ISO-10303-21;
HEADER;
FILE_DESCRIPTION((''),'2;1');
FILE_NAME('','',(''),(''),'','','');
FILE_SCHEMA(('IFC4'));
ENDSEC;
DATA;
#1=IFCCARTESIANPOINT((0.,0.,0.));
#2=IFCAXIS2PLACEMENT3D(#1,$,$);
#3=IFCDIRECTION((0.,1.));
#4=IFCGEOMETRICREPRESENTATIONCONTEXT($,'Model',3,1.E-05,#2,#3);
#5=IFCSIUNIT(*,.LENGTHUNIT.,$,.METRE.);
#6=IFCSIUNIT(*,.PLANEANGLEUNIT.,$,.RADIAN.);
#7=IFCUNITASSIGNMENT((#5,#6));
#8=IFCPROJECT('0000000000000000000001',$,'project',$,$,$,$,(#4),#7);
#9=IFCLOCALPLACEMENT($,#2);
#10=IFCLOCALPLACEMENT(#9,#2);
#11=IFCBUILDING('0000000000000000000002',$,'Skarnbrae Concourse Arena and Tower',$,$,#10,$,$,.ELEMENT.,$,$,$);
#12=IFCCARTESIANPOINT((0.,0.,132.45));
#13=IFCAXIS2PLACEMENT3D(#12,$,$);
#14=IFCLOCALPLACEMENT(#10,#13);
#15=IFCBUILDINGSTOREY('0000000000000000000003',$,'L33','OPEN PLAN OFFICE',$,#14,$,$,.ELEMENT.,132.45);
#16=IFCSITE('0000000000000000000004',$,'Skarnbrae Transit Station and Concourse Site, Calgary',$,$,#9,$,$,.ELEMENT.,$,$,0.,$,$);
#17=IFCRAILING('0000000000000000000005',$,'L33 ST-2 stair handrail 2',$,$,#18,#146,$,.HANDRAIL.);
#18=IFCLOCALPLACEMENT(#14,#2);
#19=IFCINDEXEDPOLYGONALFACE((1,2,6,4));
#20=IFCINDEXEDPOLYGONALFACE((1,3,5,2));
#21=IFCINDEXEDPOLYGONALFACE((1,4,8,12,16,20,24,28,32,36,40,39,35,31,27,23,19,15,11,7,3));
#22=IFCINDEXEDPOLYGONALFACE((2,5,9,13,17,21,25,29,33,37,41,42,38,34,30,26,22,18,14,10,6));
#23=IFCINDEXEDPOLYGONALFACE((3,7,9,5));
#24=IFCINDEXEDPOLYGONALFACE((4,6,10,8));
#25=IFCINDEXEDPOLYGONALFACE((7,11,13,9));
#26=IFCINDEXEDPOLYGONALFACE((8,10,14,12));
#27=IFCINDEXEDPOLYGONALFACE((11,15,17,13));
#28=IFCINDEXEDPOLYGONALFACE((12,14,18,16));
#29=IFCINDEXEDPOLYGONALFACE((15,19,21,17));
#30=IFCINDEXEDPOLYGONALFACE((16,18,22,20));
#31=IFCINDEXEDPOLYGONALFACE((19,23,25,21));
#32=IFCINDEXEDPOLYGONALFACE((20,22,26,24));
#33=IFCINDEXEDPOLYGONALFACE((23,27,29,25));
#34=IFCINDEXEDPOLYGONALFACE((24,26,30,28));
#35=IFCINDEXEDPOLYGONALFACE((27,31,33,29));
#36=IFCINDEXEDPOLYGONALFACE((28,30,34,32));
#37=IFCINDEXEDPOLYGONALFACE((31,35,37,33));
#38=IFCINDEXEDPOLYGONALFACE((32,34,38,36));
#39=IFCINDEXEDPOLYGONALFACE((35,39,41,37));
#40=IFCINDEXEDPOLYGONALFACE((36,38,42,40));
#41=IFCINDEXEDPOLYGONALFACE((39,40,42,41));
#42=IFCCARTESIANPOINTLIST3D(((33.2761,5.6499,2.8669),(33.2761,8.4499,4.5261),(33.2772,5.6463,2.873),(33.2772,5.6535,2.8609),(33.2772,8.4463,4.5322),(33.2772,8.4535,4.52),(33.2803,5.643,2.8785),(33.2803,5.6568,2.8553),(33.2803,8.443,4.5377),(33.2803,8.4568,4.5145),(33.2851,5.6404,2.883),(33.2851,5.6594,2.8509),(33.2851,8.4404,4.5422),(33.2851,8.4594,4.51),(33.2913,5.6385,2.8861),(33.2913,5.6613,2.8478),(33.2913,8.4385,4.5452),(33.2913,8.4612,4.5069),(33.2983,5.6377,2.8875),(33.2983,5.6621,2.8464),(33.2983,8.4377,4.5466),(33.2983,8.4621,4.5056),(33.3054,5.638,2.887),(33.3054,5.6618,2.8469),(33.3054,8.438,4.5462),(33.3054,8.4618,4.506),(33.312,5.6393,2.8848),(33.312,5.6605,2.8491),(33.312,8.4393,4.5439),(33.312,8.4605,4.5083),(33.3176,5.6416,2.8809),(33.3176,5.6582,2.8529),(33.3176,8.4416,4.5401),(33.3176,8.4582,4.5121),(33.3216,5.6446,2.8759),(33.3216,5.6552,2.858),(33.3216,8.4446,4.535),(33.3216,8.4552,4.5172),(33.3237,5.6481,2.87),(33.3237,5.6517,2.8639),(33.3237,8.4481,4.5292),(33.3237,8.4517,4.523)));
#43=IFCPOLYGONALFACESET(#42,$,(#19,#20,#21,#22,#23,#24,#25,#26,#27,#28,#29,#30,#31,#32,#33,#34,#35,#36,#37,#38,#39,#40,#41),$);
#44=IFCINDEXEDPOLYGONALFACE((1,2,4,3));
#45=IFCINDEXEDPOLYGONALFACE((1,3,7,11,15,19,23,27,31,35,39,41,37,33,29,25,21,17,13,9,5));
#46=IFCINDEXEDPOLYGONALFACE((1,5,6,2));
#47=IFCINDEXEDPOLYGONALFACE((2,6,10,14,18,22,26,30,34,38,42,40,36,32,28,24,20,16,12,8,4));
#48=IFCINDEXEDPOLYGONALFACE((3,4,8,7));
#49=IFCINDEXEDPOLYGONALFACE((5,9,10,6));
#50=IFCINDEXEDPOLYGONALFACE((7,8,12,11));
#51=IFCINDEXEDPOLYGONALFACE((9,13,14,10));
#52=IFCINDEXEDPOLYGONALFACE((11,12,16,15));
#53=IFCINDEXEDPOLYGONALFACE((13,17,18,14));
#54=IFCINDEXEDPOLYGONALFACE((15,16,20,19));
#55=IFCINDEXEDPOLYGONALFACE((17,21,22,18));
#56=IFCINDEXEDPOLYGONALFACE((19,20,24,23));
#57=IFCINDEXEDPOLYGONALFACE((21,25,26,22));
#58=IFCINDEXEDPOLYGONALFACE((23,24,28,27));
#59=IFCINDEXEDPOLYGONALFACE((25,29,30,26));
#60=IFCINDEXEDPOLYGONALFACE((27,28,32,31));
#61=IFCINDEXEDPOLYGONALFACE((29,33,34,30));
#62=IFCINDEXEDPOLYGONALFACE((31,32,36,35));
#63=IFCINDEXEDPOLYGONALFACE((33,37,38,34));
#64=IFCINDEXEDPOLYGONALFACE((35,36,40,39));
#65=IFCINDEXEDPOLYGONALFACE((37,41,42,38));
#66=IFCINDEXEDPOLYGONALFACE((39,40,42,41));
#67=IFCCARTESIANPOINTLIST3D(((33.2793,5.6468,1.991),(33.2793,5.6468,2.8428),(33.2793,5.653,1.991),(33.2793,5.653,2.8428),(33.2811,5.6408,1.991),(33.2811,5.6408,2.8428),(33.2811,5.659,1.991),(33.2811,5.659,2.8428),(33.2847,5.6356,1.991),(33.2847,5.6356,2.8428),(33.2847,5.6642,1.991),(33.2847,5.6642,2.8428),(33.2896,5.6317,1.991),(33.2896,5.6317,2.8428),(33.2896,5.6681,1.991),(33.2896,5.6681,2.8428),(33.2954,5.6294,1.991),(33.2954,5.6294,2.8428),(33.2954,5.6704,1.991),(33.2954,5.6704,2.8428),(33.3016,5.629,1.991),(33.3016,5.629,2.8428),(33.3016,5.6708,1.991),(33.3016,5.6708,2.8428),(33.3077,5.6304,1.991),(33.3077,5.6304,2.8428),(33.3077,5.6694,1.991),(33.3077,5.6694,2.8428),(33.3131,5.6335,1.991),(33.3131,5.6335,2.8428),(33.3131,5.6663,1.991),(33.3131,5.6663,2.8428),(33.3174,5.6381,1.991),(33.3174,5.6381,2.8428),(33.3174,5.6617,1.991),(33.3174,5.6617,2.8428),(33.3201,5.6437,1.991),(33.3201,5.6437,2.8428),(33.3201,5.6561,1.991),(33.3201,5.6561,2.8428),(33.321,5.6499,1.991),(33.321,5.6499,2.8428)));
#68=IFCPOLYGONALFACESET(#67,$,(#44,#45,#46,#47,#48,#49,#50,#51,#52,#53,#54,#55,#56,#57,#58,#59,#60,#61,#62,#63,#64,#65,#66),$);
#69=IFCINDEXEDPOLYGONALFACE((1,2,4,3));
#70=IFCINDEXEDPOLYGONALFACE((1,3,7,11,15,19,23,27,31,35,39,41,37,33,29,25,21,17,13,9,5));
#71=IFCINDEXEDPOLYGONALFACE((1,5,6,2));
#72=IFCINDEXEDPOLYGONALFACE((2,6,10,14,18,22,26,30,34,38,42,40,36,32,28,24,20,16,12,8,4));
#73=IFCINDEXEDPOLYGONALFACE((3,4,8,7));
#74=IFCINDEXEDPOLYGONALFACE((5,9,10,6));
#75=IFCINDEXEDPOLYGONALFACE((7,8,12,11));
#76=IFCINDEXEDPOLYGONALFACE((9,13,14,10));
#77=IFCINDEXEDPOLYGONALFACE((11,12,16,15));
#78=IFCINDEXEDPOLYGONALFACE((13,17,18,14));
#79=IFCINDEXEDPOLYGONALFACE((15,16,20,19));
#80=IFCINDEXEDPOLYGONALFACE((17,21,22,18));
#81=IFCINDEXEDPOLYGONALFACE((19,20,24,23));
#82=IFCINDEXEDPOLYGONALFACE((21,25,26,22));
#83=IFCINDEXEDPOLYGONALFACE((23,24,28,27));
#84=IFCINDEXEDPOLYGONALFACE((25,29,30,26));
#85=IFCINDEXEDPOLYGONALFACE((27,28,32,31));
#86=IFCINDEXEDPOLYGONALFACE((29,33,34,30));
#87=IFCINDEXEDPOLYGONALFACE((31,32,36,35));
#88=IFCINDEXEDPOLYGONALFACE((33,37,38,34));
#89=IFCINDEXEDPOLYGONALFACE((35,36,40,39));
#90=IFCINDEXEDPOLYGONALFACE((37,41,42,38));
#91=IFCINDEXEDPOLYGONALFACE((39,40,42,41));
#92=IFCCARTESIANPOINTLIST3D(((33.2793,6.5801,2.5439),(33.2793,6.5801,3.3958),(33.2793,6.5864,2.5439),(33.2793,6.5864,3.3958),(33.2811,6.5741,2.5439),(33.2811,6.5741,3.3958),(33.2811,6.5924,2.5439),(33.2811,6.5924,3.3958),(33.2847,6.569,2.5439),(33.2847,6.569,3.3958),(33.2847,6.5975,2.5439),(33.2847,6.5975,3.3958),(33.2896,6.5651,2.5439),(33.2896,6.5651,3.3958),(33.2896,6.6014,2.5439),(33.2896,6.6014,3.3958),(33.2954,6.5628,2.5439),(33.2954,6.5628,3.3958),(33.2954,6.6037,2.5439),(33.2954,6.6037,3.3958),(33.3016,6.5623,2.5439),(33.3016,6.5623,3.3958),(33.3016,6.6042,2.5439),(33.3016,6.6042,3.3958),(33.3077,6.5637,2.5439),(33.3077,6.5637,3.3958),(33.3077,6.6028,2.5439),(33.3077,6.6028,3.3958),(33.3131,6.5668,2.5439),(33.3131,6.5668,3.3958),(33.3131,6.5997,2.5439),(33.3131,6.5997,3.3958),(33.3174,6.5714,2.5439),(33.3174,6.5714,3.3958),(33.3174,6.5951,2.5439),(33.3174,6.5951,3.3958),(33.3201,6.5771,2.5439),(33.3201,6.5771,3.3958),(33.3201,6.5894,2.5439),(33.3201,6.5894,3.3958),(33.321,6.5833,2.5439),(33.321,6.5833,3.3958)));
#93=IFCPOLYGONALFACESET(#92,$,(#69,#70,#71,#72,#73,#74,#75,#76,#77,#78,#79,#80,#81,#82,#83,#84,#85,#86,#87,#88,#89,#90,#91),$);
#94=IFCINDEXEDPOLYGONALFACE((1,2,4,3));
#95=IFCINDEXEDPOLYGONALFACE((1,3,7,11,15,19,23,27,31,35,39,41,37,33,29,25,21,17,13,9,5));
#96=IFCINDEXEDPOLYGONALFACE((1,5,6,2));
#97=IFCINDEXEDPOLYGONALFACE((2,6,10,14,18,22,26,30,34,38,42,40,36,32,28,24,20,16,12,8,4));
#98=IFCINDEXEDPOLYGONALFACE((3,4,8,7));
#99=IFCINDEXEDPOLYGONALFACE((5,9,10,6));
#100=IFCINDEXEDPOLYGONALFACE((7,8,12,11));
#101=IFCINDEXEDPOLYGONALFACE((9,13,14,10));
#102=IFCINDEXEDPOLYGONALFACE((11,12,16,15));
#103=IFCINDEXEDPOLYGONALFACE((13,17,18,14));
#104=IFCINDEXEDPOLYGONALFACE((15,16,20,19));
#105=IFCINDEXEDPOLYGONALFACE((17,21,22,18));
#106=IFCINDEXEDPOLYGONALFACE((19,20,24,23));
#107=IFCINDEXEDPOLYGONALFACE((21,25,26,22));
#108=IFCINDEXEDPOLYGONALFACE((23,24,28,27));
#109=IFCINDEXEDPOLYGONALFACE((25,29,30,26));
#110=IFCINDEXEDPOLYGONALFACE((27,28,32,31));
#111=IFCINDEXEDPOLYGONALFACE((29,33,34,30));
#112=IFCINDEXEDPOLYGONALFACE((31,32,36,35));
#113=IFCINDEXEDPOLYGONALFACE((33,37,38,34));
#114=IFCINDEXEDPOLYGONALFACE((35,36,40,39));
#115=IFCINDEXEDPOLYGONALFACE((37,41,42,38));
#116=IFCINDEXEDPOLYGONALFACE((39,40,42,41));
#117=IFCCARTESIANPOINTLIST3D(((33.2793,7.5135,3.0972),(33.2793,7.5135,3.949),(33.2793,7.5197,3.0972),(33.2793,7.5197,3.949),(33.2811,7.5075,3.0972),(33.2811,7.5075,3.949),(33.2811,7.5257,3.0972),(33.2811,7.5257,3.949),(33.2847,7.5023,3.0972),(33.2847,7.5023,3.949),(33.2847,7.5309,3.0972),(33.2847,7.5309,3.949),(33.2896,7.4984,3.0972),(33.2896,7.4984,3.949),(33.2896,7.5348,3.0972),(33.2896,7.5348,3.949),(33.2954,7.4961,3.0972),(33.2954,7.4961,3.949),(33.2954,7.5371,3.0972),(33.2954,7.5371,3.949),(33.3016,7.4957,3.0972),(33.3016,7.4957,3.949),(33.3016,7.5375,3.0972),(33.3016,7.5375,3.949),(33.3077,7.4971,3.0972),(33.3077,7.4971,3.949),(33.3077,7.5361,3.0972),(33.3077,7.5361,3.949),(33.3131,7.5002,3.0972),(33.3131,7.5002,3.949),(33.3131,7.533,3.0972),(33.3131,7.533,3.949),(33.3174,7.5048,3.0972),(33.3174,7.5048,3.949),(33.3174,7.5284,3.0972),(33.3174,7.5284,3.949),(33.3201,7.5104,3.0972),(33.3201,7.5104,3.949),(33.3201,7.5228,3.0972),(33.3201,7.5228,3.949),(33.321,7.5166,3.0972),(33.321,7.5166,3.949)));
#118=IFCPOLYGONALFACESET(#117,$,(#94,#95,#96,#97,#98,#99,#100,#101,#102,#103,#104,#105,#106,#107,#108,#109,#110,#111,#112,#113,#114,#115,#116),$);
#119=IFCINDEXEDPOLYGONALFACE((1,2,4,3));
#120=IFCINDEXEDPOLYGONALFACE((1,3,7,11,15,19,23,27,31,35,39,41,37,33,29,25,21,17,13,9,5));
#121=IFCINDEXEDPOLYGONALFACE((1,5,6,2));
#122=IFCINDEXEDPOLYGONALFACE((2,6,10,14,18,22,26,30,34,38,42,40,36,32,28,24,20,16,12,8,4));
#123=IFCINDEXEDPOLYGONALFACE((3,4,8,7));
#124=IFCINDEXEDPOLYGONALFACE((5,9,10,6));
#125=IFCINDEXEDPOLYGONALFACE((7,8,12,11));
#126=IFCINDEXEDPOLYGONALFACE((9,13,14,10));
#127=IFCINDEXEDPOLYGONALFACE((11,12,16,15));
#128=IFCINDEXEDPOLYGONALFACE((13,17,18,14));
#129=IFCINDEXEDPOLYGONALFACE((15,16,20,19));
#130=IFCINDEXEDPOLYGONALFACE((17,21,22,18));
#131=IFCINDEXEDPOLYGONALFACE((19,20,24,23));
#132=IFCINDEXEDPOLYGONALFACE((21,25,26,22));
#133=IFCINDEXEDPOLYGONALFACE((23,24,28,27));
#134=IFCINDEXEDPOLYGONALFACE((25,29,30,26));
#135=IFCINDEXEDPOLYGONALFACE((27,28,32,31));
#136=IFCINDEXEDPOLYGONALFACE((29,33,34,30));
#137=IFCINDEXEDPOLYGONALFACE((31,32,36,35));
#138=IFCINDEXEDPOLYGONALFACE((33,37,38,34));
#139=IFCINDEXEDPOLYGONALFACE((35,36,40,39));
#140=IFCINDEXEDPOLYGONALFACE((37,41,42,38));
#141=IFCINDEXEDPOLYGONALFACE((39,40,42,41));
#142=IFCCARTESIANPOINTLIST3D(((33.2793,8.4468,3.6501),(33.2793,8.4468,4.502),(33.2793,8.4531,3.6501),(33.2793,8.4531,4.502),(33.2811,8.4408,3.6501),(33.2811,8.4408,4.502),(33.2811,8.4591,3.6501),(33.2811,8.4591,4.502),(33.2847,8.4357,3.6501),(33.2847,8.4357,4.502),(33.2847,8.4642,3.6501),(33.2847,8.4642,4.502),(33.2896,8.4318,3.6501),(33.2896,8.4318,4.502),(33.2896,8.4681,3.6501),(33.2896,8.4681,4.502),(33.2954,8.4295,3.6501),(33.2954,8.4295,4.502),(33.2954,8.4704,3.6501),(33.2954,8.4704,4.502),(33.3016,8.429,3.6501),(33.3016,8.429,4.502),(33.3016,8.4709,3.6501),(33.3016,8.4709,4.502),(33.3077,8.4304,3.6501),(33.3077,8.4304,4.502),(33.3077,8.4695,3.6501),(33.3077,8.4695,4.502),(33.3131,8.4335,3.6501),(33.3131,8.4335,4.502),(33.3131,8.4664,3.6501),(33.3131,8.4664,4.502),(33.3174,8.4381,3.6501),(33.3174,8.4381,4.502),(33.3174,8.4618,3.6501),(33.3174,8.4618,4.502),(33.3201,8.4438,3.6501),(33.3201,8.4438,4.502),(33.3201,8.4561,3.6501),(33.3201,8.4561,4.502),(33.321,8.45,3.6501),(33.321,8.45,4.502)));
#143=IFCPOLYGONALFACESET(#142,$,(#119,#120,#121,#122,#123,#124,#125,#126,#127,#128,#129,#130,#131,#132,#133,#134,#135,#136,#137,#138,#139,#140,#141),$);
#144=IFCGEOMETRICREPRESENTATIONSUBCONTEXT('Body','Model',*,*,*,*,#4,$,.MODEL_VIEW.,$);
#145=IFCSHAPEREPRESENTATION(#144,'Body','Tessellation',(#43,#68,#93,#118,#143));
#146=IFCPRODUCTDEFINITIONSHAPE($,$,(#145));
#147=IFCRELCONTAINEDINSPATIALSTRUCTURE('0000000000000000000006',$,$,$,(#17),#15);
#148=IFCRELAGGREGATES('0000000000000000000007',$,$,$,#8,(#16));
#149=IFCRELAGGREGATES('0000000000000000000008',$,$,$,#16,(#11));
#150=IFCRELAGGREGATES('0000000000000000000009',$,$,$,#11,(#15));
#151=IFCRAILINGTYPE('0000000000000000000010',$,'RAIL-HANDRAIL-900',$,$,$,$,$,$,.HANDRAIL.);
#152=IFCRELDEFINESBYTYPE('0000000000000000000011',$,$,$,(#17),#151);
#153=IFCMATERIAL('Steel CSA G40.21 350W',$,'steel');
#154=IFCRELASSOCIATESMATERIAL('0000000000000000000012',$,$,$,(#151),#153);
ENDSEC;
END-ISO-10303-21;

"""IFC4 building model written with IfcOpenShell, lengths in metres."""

from ifc_helpers import new_model, si_unit, direction, frame, origin, origin_2d, place, context, subcontext, project, spatial, circle, extrude, material, type_object, element, save


model = new_model("IFC4")

# Units and contexts
model_context = context("Model", 3, precision=1e-05, world=origin(), true_north=direction((0.0, 1.0)))
body_context = subcontext(model_context, "Body", "Model", "MODEL_VIEW")
ifc_project = project(units=[si_unit("LENGTHUNIT", "METRE"), si_unit("PLANEANGLEUNIT", "RADIAN")], contexts=[model_context])

# Site, building, storey
site_placement = place(None, origin())
site = spatial("IfcSite", under=ifc_project, at=site_placement, Name="Skarnbrae Transit Station and Concourse Site, Calgary", CompositionType="ELEMENT", RefElevation=0.0)
building_placement = place(site_placement, origin())
building = spatial("IfcBuilding", under=site, at=building_placement, Name="Skarnbrae Concourse Arena and Tower", CompositionType="ELEMENT")
storey_placement = place(building_placement, frame((0.0, 0.0, 132.45)))
storey = spatial("IfcBuildingStorey", under=building, at=storey_placement, Name="L33", Description="OPEN PLAN OFFICE", CompositionType="ELEMENT", Elevation=132.45)

# Shared definitions
ifc_material_1 = material(Name="Steel CSA G40.21 350W", Category="steel")

# Railing
railing_type_1 = type_object("IfcRailingType", Name="RAIL-HANDRAIL-900", PredefinedType="HANDRAIL", material=ifc_material_1)
railing_1_placement = place(storey_placement, frame((33.3, 5.6499, 1.991)))
element("IfcRailing", 1, at=railing_1_placement, inside=storey, type_object=railing_type_1, Name="L33 ST-2 stair handrail 2", PredefinedType="HANDRAIL", context=body_context, shape_type="SweptSolid", body=[
    extrude(circle(Radius=0.0239, at=origin_2d()), frame((0.0, 0.0, 0.876), z_axis=(0.0, 0.860306, 0.509778), x_axis=(-1.0, 0.0, 0.0)), (0.0, 0.0, 1.0), 3.2546),
    extrude(circle(Radius=0.021, at=origin_2d()), origin(), (0.0, 0.0, 1.0), 0.8518),
    extrude(circle(Radius=0.021, at=origin_2d()), frame((0.0, 0.9333, 0.553)), (0.0, 0.0, 1.0), 0.8518),
    extrude(circle(Radius=0.021, at=origin_2d()), frame((0.0, 1.8667, 1.1062)), (0.0, 0.0, 1.0), 0.8518),
    extrude(circle(Radius=0.021, at=origin_2d()), frame((0.0, 2.8, 1.6592)), (0.0, 0.0, 1.0), 0.8518),
])

save(model, "model.ifc")
